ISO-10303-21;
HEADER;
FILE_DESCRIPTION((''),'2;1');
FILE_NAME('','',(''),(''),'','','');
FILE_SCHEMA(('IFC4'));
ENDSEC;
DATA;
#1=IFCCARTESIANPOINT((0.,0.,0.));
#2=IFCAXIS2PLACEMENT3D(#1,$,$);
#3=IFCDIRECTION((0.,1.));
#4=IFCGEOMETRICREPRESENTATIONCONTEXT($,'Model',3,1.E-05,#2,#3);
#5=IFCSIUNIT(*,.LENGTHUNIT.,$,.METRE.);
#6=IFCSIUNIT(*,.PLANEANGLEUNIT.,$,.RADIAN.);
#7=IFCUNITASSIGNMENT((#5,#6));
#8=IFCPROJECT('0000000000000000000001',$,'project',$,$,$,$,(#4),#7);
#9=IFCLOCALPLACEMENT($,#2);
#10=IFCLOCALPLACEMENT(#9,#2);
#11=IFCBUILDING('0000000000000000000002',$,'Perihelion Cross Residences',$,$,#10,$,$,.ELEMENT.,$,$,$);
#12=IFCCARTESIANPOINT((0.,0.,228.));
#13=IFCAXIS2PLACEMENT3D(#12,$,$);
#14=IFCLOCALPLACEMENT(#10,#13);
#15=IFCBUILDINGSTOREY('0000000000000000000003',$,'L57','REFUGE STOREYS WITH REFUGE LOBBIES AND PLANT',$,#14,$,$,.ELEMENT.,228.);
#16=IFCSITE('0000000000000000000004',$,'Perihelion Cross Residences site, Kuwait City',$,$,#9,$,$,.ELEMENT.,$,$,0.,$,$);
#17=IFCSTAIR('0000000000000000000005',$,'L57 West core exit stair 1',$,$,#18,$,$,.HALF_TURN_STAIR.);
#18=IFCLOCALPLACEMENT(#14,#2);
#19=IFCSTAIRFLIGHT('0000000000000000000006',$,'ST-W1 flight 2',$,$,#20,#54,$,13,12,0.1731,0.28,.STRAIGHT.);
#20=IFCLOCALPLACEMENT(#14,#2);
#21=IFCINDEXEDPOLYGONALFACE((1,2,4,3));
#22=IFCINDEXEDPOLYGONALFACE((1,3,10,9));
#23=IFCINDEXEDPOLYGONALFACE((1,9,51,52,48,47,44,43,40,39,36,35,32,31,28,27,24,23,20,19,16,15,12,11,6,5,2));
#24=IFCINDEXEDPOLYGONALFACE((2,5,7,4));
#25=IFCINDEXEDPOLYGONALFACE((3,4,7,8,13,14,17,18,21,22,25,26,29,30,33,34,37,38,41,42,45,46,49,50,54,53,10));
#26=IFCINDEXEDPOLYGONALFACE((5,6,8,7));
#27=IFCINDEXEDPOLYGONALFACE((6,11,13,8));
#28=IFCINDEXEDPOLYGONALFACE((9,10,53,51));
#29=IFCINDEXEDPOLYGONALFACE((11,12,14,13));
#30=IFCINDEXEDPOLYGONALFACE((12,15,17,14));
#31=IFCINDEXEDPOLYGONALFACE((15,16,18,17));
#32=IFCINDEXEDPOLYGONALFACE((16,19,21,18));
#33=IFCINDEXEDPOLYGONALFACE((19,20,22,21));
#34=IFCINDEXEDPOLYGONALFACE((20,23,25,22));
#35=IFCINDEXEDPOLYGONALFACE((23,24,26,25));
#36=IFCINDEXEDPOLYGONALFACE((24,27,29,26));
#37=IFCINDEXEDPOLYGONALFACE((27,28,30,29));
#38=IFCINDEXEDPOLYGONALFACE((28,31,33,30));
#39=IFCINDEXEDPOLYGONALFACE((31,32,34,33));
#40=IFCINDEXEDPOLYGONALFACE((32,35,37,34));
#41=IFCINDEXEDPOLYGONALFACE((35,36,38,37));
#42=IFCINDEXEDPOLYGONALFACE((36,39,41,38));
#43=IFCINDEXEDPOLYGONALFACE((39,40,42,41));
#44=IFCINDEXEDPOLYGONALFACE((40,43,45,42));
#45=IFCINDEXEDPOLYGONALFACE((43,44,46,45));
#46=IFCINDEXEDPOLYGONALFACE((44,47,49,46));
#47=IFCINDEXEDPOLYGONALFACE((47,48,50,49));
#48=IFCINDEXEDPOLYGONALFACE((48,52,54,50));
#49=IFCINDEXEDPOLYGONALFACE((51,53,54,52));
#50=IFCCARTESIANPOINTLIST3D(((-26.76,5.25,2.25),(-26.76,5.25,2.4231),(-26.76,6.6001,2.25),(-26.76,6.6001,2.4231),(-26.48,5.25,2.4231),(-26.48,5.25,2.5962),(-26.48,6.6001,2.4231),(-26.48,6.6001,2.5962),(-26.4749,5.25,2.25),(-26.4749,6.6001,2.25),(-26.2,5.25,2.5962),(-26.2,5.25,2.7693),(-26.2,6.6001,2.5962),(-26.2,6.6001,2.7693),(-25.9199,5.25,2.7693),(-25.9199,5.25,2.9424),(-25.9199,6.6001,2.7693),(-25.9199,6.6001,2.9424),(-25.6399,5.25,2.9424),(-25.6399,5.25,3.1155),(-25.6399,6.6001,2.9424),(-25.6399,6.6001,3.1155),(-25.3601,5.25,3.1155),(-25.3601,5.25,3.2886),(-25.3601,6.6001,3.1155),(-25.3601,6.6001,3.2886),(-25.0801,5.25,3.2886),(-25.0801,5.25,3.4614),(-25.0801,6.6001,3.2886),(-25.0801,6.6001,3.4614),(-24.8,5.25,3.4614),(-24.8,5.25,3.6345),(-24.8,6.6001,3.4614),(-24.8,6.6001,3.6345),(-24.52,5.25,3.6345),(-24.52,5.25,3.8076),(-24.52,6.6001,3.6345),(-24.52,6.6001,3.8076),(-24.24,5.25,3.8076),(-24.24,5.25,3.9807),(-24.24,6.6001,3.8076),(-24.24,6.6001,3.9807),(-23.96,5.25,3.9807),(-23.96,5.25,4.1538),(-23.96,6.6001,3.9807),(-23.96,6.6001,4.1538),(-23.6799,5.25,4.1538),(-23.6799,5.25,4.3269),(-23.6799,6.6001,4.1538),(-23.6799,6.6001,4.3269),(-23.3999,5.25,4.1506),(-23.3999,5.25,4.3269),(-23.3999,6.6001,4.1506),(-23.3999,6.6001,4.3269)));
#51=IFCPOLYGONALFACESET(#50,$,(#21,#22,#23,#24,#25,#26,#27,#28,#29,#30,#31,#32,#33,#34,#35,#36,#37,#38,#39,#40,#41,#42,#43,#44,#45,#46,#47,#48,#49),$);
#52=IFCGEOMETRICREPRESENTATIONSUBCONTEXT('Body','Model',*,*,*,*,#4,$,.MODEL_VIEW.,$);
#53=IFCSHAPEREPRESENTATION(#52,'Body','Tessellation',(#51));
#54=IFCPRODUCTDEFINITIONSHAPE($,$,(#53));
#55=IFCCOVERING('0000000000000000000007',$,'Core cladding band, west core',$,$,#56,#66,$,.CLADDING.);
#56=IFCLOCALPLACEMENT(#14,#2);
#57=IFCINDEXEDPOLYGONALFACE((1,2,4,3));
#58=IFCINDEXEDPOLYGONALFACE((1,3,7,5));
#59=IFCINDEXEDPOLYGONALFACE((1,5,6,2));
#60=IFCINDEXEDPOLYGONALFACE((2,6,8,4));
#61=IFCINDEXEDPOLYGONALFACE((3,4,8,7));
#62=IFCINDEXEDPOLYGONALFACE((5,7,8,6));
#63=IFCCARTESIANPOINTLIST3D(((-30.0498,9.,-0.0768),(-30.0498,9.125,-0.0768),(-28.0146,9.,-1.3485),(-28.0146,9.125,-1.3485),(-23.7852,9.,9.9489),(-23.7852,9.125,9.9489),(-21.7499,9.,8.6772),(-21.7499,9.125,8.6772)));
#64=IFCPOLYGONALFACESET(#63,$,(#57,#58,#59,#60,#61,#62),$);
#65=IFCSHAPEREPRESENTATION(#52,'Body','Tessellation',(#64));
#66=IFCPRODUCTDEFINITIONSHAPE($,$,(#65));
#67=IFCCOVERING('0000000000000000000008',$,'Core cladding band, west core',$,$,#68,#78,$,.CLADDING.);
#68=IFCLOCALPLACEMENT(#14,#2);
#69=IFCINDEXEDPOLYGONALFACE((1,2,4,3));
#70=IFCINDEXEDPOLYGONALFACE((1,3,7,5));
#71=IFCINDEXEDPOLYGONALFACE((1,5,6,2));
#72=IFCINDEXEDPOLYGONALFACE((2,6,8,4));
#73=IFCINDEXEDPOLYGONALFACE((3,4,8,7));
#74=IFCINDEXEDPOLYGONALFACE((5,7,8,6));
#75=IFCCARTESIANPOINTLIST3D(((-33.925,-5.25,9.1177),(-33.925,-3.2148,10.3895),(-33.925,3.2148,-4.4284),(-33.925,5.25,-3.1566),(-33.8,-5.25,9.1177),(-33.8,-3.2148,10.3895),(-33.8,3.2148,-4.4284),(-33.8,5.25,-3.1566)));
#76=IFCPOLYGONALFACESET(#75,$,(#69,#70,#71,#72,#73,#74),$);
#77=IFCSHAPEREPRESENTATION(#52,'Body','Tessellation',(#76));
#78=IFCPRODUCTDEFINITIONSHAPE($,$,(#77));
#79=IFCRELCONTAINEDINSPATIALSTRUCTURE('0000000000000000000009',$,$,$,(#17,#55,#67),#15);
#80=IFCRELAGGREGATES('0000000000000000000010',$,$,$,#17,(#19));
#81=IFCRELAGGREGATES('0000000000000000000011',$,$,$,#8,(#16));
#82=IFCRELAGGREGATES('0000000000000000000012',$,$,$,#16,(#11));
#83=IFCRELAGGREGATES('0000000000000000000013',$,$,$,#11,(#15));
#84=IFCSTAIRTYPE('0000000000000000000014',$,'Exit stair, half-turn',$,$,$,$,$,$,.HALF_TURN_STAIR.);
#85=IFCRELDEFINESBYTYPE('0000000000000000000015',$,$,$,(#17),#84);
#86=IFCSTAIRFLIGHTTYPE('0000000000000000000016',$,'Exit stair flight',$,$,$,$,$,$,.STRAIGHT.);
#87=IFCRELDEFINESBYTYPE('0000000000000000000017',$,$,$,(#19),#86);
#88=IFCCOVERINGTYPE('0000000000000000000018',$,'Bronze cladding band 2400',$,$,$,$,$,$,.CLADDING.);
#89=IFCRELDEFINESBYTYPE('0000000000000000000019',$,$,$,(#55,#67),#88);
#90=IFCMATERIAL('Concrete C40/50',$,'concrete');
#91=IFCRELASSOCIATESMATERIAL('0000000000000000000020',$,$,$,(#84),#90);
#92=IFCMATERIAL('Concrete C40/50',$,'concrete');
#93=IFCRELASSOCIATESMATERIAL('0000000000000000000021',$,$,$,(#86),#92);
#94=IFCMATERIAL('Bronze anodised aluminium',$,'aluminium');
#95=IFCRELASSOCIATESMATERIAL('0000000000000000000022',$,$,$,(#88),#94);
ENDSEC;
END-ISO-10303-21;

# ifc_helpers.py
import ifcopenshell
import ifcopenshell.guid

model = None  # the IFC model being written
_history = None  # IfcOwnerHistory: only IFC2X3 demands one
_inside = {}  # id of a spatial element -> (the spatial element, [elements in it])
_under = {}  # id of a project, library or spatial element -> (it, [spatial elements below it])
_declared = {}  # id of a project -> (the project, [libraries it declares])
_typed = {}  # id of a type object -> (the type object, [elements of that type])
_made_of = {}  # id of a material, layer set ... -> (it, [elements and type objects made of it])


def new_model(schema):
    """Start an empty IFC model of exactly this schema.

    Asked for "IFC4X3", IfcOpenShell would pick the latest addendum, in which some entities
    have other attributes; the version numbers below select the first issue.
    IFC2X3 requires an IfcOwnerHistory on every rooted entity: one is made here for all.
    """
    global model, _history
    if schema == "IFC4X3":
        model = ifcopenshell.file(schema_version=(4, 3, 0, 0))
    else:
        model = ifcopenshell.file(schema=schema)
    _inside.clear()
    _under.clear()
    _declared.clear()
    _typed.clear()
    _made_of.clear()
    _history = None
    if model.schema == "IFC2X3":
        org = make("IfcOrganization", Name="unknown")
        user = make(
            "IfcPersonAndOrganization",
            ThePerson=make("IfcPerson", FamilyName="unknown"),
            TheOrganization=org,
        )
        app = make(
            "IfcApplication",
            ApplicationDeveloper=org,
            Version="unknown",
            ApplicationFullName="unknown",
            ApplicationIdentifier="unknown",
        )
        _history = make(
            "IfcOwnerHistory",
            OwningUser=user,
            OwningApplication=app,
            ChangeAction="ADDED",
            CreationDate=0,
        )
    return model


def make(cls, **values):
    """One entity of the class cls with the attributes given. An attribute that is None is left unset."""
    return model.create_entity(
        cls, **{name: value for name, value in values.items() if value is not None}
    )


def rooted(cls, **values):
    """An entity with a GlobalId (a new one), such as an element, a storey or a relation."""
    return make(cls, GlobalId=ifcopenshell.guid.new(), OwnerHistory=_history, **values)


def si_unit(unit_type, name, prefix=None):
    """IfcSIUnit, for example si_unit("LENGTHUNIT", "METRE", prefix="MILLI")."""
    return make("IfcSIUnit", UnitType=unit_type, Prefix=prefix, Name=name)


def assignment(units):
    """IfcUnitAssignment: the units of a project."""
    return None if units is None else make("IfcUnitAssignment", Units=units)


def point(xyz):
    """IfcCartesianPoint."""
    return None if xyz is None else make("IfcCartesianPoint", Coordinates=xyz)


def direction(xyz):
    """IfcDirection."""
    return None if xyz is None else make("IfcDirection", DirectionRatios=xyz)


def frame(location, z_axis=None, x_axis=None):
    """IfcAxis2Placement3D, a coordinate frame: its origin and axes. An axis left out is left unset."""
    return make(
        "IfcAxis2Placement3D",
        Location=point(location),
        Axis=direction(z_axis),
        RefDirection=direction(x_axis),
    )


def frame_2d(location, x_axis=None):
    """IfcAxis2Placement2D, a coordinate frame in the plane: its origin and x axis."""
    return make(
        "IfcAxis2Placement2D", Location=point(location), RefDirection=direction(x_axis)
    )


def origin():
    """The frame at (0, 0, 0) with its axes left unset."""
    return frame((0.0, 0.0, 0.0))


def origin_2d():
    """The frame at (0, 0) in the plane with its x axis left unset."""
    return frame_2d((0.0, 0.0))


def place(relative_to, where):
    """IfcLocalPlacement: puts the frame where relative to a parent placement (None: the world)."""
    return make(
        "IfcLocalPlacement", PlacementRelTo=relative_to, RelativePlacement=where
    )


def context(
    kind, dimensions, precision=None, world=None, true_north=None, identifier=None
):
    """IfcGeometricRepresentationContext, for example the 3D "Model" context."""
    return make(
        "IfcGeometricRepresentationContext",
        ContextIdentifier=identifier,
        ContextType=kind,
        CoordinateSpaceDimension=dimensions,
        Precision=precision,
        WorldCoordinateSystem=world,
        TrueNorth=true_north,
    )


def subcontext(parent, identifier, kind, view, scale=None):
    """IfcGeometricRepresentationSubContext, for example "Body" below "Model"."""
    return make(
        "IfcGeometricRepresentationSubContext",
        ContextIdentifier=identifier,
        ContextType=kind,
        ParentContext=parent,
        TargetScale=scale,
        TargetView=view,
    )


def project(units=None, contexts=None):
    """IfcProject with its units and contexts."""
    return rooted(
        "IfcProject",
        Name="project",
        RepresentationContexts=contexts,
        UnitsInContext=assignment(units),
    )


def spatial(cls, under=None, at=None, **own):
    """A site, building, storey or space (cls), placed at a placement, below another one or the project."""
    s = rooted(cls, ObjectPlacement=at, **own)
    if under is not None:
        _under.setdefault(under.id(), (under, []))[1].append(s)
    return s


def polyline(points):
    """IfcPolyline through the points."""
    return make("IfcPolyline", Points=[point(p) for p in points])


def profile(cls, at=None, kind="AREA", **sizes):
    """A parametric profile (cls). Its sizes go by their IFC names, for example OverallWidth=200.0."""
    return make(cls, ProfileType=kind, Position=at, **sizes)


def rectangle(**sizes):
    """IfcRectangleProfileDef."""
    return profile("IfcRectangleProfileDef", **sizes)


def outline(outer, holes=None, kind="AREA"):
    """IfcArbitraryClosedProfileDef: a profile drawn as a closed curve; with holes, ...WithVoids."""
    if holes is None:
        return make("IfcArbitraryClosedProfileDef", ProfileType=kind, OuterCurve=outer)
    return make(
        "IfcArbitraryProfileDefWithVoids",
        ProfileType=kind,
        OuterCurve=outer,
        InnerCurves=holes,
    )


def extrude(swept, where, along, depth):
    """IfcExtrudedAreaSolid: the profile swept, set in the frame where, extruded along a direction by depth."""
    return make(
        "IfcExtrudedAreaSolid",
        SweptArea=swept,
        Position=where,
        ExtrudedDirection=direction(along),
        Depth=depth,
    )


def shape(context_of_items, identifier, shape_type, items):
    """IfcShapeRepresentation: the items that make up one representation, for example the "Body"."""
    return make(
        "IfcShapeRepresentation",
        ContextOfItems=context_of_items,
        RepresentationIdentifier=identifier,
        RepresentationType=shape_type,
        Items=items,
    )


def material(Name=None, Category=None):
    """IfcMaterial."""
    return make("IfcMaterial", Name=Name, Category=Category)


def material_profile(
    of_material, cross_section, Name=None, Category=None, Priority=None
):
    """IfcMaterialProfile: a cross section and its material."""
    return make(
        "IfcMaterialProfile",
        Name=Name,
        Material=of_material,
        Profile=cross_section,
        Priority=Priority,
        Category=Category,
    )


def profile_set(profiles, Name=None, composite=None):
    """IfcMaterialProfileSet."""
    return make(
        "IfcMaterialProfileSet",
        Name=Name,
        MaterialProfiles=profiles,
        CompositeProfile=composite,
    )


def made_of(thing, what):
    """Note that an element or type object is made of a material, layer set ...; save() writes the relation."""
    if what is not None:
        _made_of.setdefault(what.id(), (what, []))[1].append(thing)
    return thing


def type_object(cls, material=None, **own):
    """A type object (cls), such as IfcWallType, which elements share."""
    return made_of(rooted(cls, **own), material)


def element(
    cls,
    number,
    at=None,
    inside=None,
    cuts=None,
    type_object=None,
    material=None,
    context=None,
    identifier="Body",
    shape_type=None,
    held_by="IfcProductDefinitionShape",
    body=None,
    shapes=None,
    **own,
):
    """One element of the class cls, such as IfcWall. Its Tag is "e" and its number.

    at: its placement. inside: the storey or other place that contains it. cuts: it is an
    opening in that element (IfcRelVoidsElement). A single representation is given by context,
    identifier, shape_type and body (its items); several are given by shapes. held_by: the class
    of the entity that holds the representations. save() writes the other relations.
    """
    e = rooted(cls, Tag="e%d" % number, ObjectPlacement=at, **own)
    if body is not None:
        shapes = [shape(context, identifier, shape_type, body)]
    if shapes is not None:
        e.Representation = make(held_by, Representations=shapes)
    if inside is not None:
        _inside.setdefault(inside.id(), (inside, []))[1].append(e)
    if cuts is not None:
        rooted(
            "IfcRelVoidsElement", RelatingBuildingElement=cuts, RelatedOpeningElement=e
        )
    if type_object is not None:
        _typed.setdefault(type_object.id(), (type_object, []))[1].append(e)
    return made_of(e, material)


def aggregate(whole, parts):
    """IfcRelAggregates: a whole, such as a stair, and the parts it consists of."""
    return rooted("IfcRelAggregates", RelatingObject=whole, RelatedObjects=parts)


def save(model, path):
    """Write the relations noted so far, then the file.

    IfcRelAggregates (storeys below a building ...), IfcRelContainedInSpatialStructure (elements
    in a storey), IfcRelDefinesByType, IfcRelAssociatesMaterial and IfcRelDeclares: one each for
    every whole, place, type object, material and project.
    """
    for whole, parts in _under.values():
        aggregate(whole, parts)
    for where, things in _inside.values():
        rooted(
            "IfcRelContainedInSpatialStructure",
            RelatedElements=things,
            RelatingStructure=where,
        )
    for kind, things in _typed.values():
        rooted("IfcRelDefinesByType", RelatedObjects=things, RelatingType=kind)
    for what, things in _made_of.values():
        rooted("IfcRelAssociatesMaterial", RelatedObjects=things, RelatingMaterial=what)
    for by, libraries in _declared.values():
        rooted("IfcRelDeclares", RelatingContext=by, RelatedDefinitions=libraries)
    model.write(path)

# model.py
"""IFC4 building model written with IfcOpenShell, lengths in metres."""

from ifc_helpers import new_model, si_unit, direction, frame, origin, origin_2d, place, context, subcontext, project, spatial, polyline, rectangle, outline, extrude, material, material_profile, profile_set, type_object, element, aggregate, save


model = new_model("IFC4")

# Units and contexts
model_context = context("Model", 3, precision=1e-05, world=origin(), true_north=direction((0.0, 1.0)))
body_context = subcontext(model_context, "Body", "Model", "MODEL_VIEW")
ifc_project = project(units=[si_unit("LENGTHUNIT", "METRE"), si_unit("PLANEANGLEUNIT", "RADIAN")], contexts=[model_context])

# Site, building, storey
site_placement = place(None, origin())
site = spatial("IfcSite", under=ifc_project, at=site_placement, Name="Perihelion Cross Residences site, Kuwait City", CompositionType="ELEMENT", RefElevation=0.0)
building_placement = place(site_placement, origin())
building = spatial("IfcBuilding", under=site, at=building_placement, Name="Perihelion Cross Residences", CompositionType="ELEMENT")
storey_placement = place(building_placement, frame((0.0, 0.0, 228.0)))
storey = spatial("IfcBuildingStorey", under=building, at=storey_placement, Name="L57", Description="REFUGE STOREYS WITH REFUGE LOBBIES AND PLANT", CompositionType="ELEMENT", Elevation=228.0)

# Stair, stair flight
ifc_material_1 = material(Name="Concrete C40/50", Category="concrete")
stair_type = type_object("IfcStairType", Name="Exit stair, half-turn", PredefinedType="HALF_TURN_STAIR", material=ifc_material_1)
stair_placement = place(storey_placement, origin())
stair = element("IfcStair", 1, at=stair_placement, inside=storey, type_object=stair_type, Name="L57 West core exit stair 1", PredefinedType="HALF_TURN_STAIR")
ifc_material_2 = material(Name="Concrete C40/50", Category="concrete")
stair_flight_type = type_object("IfcStairFlightType", Name="Exit stair flight", PredefinedType="STRAIGHT", material=ifc_material_2)
stair_flight_1_placement = place(storey_placement, frame((-26.76, 5.925, 2.25), z_axis=(0.0, 0.0, 1.0), x_axis=(1.0, 0.0, 0.0)))
stair_flight_1 = element("IfcStairFlight", 2, at=stair_flight_1_placement, type_object=stair_flight_type, Name="ST-W1 flight 2", NumberOfRisers=13, NumberOfTreads=12, PredefinedType="STRAIGHT", RiserHeight=0.1731, TreadLength=0.28, context=body_context, shape_type="SweptSolid", body=[
    extrude(outline(polyline([(0.0, 0.0), (0.0, 0.1731), (0.28, 0.1731), (0.28, 0.3462), (0.5601, 0.3462), (0.5601, 0.5193), (0.8401, 0.5193), (0.8401, 0.6924), (1.1201, 0.6924), (1.1201, 0.8655), (1.3999, 0.8655), (1.3999, 1.0386), (1.6799, 1.0386), (1.6799, 1.2114), (1.96, 1.2114), (1.96, 1.3845), (2.24, 1.3845), (2.24, 1.5576), (2.52, 1.5576), (2.52, 1.7307), (2.8, 1.7307), (2.8, 1.9038), (3.0801, 1.9038), (3.0801, 2.0769), (3.3601, 2.0769), (3.3601, 2.25), (3.3601, 1.9006), (0.2852, 0.0), (0.0, 0.0)])), frame((0.0, 0.675, 0.0), z_axis=(0.0, -1.0, 0.0), x_axis=(1.0, 0.0, 0.0)), (0.0, 0.0, 1.0), 1.3501),
])
aggregate(stair, [stair_flight_1])

# Coverings
ifc_material_3 = material(Name="Bronze anodised aluminium", Category="aluminium")
ifc_material_profile = material_profile(ifc_material_3, rectangle(XDim=0.125, YDim=2.3999, at=origin_2d()), Name="Bronze cladding band 2400")
ifc_profile_set = profile_set([ifc_material_profile], Name="Bronze anodised aluminium")
covering_type = type_object("IfcCoveringType", Name="Bronze cladding band 2400", PredefinedType="CLADDING", material=ifc_profile_set)
covering_1_placement = place(storey_placement, frame((-29.0322, 9.0625, -0.7126), z_axis=(0.529915, 0.0, 0.848051), x_axis=(0.0, 1.0, 0.0)))
element("IfcCovering", 3, at=covering_1_placement, inside=storey, type_object=covering_type, Name="Core cladding band, west core", PredefinedType="CLADDING", context=body_context, shape_type="SweptSolid", body=[
    extrude(rectangle(XDim=0.125, YDim=2.3999, at=origin_2d()), origin(), (0.0, 0.0, 1.0), 11.822),
])
covering_2_placement = place(storey_placement, frame((-33.8625, 4.2324, -3.7925), z_axis=(0.0, -0.529932, 0.84804), x_axis=(1.0, 0.0, 0.0)))
element("IfcCovering", 4, at=covering_2_placement, inside=storey, type_object=covering_type, Name="Core cladding band, west core", PredefinedType="CLADDING", context=body_context, shape_type="SweptSolid", body=[
    extrude(rectangle(XDim=0.125, YDim=2.3999, at=origin_2d()), origin(), (0.0, 0.0, 1.0), 15.9734),
])

save(model, "model.ifc")
